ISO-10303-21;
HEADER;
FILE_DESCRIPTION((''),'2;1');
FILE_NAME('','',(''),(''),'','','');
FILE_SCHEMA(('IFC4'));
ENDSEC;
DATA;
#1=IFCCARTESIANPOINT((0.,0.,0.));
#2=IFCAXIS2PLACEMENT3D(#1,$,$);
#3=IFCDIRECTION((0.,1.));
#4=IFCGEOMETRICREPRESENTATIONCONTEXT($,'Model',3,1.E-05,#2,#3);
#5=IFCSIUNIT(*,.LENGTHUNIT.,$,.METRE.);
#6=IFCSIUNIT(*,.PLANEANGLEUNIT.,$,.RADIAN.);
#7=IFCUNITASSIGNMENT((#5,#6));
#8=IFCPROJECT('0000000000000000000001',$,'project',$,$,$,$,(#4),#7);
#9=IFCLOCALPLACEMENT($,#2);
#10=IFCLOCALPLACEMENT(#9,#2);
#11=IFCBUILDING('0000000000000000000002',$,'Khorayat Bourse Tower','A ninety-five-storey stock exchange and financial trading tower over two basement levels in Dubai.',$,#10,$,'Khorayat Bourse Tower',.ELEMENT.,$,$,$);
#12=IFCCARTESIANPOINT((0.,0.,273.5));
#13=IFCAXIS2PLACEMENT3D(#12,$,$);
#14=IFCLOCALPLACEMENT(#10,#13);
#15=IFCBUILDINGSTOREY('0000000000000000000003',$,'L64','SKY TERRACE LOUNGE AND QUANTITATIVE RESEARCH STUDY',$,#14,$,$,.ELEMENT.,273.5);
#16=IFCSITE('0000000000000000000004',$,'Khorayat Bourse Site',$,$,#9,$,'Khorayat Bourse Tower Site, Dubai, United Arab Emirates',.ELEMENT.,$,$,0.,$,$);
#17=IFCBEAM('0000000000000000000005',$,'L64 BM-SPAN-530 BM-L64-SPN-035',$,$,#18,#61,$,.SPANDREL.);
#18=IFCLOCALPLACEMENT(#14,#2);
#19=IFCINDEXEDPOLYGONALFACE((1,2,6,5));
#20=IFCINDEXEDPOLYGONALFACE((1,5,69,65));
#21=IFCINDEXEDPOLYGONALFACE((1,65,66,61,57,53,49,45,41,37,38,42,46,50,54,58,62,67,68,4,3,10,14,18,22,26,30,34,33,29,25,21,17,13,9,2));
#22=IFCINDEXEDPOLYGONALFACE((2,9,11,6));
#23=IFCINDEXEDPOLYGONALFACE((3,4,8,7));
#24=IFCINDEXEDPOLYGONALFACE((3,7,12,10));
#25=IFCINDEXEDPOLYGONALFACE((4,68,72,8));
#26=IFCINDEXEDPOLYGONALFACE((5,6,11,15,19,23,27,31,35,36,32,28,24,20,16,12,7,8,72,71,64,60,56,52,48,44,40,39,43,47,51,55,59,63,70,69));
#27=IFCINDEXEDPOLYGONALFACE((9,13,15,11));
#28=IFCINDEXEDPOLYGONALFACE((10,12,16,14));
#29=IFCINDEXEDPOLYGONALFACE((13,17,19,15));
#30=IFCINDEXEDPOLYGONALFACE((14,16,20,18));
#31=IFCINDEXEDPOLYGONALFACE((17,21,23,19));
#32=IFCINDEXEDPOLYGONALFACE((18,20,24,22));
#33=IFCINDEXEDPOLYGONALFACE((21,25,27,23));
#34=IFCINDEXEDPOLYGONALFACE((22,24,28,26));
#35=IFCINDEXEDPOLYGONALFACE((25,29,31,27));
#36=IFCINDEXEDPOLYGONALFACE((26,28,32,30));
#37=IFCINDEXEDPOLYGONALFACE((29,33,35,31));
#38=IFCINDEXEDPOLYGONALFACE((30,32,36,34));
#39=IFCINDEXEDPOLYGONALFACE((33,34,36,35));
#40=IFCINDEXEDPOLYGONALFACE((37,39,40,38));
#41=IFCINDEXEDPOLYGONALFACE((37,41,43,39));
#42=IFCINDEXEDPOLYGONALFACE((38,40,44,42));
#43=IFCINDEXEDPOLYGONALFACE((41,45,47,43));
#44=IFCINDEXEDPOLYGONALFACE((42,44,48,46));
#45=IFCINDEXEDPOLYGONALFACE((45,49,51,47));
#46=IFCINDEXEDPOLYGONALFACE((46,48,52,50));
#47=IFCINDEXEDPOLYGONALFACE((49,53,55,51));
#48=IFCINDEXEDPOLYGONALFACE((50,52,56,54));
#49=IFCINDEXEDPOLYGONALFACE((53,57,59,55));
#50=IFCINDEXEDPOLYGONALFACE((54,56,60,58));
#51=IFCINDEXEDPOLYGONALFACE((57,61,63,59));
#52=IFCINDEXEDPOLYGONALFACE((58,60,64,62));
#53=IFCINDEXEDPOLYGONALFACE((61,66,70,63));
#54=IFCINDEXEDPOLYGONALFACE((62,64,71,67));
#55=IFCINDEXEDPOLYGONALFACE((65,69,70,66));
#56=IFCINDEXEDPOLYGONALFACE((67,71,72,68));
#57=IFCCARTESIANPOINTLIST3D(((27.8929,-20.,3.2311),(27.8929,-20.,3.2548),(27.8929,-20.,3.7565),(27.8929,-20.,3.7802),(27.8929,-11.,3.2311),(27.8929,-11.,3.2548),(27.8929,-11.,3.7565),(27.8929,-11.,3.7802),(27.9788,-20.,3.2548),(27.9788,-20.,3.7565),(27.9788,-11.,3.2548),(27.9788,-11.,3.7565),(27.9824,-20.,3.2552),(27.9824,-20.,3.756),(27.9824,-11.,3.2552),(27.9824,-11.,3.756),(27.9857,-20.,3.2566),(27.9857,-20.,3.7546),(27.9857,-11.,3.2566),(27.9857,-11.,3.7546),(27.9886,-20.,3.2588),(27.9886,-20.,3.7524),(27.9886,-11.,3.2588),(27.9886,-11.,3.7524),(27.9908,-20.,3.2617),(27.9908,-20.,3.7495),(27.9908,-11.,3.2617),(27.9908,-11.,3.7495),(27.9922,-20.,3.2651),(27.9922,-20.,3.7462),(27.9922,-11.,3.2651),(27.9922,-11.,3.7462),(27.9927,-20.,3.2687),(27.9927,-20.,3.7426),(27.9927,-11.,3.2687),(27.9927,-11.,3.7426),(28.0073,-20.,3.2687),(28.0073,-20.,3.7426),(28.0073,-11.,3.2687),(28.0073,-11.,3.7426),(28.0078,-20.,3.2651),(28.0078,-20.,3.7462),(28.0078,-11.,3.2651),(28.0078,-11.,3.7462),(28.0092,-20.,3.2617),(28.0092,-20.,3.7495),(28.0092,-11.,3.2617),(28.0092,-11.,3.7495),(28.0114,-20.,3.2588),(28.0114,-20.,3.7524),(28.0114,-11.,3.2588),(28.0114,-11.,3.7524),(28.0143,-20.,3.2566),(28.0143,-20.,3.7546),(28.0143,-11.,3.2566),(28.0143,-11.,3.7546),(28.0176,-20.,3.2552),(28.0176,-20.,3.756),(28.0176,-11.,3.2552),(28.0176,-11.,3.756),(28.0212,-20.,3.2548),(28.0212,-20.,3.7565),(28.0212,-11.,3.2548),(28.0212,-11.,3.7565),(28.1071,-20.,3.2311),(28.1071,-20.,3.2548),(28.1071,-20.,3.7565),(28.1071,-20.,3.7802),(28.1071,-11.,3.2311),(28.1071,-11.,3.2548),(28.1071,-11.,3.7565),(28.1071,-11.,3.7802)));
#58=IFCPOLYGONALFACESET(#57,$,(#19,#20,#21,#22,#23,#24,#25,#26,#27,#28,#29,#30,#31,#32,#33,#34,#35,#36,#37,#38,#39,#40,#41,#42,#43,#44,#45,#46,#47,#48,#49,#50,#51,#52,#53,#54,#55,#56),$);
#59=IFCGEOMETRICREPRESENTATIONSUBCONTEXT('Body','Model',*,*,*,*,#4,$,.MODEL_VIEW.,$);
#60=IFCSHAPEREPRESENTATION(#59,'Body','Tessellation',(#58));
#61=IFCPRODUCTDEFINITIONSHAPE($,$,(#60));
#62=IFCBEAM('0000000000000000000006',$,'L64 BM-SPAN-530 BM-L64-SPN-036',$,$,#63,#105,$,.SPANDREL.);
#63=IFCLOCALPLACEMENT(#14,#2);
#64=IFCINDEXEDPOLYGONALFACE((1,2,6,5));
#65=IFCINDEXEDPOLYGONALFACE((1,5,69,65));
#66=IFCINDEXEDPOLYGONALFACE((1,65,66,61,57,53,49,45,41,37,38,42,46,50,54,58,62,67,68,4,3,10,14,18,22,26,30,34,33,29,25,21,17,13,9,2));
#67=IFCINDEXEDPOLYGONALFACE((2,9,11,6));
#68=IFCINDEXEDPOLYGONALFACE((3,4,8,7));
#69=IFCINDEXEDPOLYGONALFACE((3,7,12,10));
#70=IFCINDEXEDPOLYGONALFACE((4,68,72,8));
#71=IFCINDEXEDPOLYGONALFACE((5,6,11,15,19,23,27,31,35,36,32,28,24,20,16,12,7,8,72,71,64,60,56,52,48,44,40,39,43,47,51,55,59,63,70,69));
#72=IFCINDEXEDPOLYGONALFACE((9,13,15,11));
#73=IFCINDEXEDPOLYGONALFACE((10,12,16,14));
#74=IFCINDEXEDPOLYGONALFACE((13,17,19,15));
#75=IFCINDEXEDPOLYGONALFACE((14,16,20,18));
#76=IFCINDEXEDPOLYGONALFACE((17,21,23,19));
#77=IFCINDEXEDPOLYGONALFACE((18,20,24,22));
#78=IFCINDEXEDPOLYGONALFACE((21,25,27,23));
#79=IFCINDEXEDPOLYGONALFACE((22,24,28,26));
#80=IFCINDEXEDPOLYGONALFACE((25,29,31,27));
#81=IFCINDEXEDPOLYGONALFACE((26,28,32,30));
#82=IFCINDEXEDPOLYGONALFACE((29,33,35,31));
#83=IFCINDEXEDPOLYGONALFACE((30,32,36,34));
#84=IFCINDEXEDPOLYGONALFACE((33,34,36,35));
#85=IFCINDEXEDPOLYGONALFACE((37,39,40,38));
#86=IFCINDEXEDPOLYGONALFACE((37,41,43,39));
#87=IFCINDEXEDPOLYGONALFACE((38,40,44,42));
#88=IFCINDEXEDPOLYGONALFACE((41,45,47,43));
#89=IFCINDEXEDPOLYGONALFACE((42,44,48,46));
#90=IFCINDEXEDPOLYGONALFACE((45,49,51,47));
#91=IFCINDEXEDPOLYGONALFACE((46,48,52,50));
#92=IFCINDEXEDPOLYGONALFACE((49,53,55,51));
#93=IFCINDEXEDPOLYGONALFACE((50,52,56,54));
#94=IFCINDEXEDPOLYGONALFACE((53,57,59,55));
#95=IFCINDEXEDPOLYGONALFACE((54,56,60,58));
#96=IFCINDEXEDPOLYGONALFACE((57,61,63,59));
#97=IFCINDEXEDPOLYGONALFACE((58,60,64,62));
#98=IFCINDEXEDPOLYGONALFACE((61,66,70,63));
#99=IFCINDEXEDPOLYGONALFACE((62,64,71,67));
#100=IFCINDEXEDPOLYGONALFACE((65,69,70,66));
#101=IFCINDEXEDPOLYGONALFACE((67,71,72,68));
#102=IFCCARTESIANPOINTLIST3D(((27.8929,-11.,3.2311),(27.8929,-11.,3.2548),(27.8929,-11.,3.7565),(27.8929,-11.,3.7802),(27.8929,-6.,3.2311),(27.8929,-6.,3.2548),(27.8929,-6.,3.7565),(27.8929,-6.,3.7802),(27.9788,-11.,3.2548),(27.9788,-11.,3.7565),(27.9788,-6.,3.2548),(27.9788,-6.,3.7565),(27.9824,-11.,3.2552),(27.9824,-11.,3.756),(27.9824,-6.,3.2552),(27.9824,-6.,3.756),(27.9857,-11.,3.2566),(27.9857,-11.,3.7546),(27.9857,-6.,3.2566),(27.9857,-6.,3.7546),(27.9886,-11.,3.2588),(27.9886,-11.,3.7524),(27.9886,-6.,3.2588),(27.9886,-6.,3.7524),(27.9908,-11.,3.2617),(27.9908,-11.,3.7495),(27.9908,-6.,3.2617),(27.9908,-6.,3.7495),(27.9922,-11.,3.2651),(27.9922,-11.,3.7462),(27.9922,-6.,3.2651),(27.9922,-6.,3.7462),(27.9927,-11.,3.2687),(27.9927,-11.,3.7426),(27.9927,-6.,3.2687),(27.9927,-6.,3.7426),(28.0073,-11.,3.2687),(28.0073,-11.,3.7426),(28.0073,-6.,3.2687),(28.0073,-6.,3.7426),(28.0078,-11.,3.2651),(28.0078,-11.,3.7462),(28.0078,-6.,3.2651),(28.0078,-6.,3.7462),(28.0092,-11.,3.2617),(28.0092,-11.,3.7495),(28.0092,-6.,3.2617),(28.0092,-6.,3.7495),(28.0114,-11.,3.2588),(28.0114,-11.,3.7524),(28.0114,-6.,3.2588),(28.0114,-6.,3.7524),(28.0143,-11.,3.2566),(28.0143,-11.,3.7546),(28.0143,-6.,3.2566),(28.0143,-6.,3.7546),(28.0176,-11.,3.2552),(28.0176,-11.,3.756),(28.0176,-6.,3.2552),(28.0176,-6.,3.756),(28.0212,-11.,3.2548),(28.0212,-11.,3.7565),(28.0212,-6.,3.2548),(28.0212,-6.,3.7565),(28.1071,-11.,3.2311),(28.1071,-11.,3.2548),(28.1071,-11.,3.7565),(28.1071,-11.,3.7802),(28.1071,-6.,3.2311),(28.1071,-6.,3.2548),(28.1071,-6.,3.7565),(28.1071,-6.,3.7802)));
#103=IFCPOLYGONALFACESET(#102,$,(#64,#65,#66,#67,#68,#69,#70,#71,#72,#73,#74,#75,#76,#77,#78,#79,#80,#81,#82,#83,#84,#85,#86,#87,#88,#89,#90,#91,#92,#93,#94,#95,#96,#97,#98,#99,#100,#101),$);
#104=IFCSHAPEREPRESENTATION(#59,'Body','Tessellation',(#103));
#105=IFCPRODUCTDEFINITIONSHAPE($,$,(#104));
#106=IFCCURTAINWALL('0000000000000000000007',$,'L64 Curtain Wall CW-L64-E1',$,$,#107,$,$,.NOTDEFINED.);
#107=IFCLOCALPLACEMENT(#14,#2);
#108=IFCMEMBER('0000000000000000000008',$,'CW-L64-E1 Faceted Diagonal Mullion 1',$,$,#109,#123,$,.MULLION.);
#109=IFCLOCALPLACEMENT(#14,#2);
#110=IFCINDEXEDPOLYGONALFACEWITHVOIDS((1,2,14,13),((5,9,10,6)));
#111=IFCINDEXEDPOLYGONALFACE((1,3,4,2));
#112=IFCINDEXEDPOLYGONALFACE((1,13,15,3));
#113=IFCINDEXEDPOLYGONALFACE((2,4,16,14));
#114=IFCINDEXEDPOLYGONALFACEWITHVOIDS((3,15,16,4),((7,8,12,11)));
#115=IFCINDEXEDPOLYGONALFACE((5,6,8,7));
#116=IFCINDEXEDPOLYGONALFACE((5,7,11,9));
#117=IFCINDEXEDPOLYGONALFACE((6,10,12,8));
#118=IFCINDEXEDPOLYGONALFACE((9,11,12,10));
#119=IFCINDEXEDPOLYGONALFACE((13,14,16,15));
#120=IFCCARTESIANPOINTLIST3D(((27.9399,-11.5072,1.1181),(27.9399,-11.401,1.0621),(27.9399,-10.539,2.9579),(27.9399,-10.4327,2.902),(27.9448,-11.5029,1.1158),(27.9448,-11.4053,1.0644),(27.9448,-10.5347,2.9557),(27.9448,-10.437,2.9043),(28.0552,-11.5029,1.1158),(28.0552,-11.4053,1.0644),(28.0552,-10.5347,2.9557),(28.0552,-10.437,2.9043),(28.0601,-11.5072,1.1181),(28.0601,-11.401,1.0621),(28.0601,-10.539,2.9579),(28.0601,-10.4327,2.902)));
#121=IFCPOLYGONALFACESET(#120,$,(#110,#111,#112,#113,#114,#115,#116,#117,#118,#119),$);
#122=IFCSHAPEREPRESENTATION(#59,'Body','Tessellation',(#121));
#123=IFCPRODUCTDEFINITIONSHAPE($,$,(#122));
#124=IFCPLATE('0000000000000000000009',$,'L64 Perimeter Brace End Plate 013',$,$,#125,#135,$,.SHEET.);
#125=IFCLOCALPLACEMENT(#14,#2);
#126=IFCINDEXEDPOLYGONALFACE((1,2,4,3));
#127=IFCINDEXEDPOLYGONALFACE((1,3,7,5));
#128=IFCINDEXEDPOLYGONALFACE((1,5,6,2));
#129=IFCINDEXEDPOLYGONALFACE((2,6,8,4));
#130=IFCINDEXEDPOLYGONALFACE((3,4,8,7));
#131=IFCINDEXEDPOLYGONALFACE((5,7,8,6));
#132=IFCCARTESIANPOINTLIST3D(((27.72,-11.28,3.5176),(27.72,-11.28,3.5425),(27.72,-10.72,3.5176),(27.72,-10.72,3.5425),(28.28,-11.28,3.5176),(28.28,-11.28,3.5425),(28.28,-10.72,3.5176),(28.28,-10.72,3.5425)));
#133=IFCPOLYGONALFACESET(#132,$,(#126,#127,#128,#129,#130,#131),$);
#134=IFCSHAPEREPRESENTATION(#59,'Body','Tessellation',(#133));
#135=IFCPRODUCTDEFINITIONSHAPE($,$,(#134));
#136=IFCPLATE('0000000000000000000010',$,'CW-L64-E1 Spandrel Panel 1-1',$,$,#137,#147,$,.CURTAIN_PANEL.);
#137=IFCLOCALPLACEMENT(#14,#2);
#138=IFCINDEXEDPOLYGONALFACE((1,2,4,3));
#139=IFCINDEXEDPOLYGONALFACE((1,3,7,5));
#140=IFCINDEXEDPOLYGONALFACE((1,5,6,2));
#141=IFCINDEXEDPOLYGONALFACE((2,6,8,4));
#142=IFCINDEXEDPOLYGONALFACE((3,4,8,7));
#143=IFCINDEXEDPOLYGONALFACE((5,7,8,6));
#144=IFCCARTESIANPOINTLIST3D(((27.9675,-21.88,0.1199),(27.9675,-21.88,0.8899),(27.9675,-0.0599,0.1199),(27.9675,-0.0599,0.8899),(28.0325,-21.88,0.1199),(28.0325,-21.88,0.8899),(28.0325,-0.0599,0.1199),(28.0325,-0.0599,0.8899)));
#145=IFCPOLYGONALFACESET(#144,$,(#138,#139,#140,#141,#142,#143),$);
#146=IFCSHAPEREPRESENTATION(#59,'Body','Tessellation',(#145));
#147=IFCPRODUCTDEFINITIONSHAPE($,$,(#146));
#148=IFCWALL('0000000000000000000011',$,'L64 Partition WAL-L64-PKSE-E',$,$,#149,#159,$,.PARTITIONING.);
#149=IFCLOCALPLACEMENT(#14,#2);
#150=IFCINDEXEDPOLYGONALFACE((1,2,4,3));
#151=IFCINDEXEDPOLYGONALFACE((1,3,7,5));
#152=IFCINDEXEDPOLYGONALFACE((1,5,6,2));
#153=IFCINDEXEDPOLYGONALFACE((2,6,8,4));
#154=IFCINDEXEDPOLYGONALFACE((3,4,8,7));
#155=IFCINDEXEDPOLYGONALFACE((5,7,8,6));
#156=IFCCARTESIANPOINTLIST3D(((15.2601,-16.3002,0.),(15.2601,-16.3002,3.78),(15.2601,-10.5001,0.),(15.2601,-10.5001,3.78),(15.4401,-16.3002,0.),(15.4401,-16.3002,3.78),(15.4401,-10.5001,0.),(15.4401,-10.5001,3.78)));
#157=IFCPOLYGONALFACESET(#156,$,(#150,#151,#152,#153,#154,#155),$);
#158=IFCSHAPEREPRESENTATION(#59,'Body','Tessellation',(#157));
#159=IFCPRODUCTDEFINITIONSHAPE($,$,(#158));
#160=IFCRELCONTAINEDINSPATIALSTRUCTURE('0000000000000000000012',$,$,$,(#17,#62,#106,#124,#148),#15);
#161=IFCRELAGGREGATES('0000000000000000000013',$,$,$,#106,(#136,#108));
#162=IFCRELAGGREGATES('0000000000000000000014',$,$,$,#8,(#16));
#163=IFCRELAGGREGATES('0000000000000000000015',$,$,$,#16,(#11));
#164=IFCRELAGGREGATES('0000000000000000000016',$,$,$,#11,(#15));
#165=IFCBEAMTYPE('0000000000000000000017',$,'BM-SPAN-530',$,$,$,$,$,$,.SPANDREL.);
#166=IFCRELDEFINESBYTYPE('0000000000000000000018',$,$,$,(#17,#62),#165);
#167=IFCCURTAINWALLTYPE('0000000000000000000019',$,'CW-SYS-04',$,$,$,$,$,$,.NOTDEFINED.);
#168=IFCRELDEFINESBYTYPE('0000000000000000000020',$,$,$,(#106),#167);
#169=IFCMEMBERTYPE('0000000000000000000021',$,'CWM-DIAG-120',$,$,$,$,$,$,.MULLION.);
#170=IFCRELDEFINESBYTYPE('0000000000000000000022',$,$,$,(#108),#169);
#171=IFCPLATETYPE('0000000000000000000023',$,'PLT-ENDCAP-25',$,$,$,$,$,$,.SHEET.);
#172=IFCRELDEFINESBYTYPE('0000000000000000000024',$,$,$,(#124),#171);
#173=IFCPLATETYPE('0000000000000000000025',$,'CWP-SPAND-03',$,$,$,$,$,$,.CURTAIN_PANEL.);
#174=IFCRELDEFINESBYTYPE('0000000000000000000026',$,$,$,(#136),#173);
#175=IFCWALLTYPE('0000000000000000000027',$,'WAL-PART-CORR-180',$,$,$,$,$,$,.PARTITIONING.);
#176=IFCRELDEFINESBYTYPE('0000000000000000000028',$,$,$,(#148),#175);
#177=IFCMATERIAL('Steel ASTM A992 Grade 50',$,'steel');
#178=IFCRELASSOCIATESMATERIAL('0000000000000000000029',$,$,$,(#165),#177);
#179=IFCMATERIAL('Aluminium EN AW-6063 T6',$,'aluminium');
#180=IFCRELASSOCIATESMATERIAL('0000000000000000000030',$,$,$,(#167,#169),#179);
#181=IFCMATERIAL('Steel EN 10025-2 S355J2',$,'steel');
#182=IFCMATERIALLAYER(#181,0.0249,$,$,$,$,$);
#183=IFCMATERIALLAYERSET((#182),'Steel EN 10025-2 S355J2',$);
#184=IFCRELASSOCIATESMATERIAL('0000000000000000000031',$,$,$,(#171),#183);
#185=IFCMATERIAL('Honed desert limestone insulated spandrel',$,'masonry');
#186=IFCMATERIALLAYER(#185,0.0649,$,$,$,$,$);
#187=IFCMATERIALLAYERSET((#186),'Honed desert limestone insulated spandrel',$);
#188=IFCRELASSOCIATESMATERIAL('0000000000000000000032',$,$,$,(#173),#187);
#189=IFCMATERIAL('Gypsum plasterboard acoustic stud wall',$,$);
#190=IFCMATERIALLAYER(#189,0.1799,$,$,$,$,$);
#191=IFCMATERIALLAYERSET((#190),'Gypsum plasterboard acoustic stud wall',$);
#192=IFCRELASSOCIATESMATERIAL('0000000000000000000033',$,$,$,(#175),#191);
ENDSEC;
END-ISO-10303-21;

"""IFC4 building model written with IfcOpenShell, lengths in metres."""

from ifc_helpers import new_model, si_unit, direction, frame, frame_2d, origin, origin_2d, place, context, subcontext, project, spatial, rectangle, hollow_rectangle, i_section, extrude, source, transform, mapped, material, layer, layer_set, material_profile, profile_set, type_object, element, aggregate, save


model = new_model("IFC4")

# Units and contexts
model_context = context("Model", 3, precision=1e-05, world=origin(), true_north=direction((0.0, 1.0)))
body_context = subcontext(model_context, "Body", "Model", "MODEL_VIEW")
ifc_project = project(units=[si_unit("LENGTHUNIT", "METRE"), si_unit("PLANEANGLEUNIT", "RADIAN")], contexts=[model_context])

# Site, building, storey
site_placement = place(None, origin())
site = spatial("IfcSite", under=ifc_project, at=site_placement, Name="Khorayat Bourse Site", LongName="Khorayat Bourse Tower Site, Dubai, United Arab Emirates", CompositionType="ELEMENT", RefElevation=0.0)
building_placement = place(site_placement, origin())
building = spatial("IfcBuilding", under=site, at=building_placement, Name="Khorayat Bourse Tower", Description="A ninety-five-storey stock exchange and financial trading tower over two basement levels in Dubai.", LongName="Khorayat Bourse Tower", CompositionType="ELEMENT")
storey_placement = place(building_placement, frame((0.0, 0.0, 273.5)))
storey = spatial("IfcBuildingStorey", under=building, at=storey_placement, Name="L64", Description="SKY TERRACE LOUNGE AND QUANTITATIVE RESEARCH STUDY", CompositionType="ELEMENT", Elevation=273.5)

# Beams
ifc_material_1 = material(Name="Steel ASTM A992 Grade 50", Category="steel")
ifc_material_profile_1 = material_profile(ifc_material_1, i_section(OverallWidth=0.2141, OverallDepth=0.5491, WebThickness=0.0146, FlangeThickness=0.0237, FilletRadius=0.0139, at=origin_2d()), Name="W530X138")
ifc_profile_set_1 = profile_set([ifc_material_profile_1], Name="Steel ASTM A992 Grade 50")
beam_type_1 = type_object("IfcBeamType", Name="BM-SPAN-530", PredefinedType="SPANDREL", material=ifc_profile_set_1)
shared_shape_1 = source(origin(), body_context, "Body", "SweptSolid", [
    extrude(i_section(OverallWidth=0.2141, OverallDepth=0.5491, WebThickness=0.0146, FlangeThickness=0.0237, FilletRadius=0.0139, at=origin_2d()), origin(), (0.0, 0.0, 1.0), 9.0),
])
beam_1_placement = place(storey_placement, frame((28.0, -20.0, 3.5056), z_axis=(0.0, 1.0, 0.0), x_axis=(-1.0, 0.0, 0.0)))
element("IfcBeam", 1, at=beam_1_placement, inside=storey, type_object=beam_type_1, Name="L64 BM-SPAN-530 BM-L64-SPN-035", PredefinedType="SPANDREL", context=body_context, shape_type="MappedRepresentation", body=[
    mapped(shared_shape_1, transform((0.0, 0.0, 0.0), scale=1.0)),
])
shared_shape_2 = source(origin(), body_context, "Body", "SweptSolid", [
    extrude(i_section(OverallWidth=0.2141, OverallDepth=0.5491, WebThickness=0.0146, FlangeThickness=0.0237, FilletRadius=0.0139, at=origin_2d()), origin(), (0.0, 0.0, 1.0), 5.0),
])
beam_2_placement = place(storey_placement, frame((28.0, -11.0, 3.5056), z_axis=(0.0, 1.0, 0.0), x_axis=(-1.0, 0.0, 0.0)))
element("IfcBeam", 2, at=beam_2_placement, inside=storey, type_object=beam_type_1, Name="L64 BM-SPAN-530 BM-L64-SPN-036", PredefinedType="SPANDREL", context=body_context, shape_type="MappedRepresentation", body=[
    mapped(shared_shape_2, transform((0.0, 0.0, 0.0), scale=1.0)),
])

# Curtain wall, member
ifc_material_2 = material(Name="Aluminium EN AW-6063 T6", Category="aluminium")
curtain_wall_type = type_object("IfcCurtainWallType", Name="CW-SYS-04", PredefinedType="NOTDEFINED", material=ifc_material_2)
curtain_wall_placement = place(storey_placement, origin())
curtain_wall = element("IfcCurtainWall", 3, at=curtain_wall_placement, inside=storey, type_object=curtain_wall_type, Name="L64 Curtain Wall CW-L64-E1", PredefinedType="NOTDEFINED")
ifc_material_profile_2 = material_profile(ifc_material_2, hollow_rectangle(XDim=0.1201, YDim=0.1201, WallThickness=0.0049, at=origin_2d()), Name="ALU 120x120x5")
ifc_profile_set_2 = profile_set([ifc_material_profile_2], Name="Aluminium EN AW-6063 T6")
member_type_1 = type_object("IfcMemberType", Name="CWM-DIAG-120", PredefinedType="MULLION", material=ifc_profile_set_2)
shared_shape_3 = source(origin(), body_context, "Body", "SweptSolid", [
    extrude(hollow_rectangle(XDim=0.1201, YDim=0.1201, WallThickness=0.0049, at=origin_2d()), origin(), (0.0, 0.0, 1.0), 2.0791),
])
member_1_placement = place(storey_placement, frame((28.0, -11.4541, 1.0901), z_axis=(0.0, 0.465717, 0.884934), x_axis=(-1.0, 0.0, 0.0)))
member_1 = element("IfcMember", 4, at=member_1_placement, type_object=member_type_1, Name="CW-L64-E1 Faceted Diagonal Mullion 1", PredefinedType="MULLION", context=body_context, shape_type="MappedRepresentation", body=[
    mapped(shared_shape_3, transform((0.0, 0.0, 0.0), scale=1.0)),
])

# Plates
ifc_material_3 = material(Name="Steel EN 10025-2 S355J2", Category="steel")
ifc_layer_1 = layer(ifc_material_3, 0.0249)
ifc_layer_set_1 = layer_set([ifc_layer_1], Name="Steel EN 10025-2 S355J2")
plate_type_1 = type_object("IfcPlateType", Name="PLT-ENDCAP-25", PredefinedType="SHEET", material=ifc_layer_set_1)
shared_shape_4 = source(origin(), body_context, "Body", "SweptSolid", [
    extrude(rectangle(XDim=0.5601, YDim=0.5601, at=origin_2d()), origin(), (0.0, 0.0, 1.0), 0.0249),
])
plate_1_placement = place(storey_placement, frame((28.0, -11.0, 3.5176), z_axis=(0.0, 0.0, 1.0), x_axis=(1.0, 0.0, 0.0)))
element("IfcPlate", 5, at=plate_1_placement, inside=storey, type_object=plate_type_1, Name="L64 Perimeter Brace End Plate 013", PredefinedType="SHEET", context=body_context, shape_type="MappedRepresentation", body=[
    mapped(shared_shape_4, transform((0.0, 0.0, 0.0), scale=1.0)),
])
ifc_material_4 = material(Name="Honed desert limestone insulated spandrel", Category="masonry")
ifc_layer_2 = layer(ifc_material_4, 0.0649)
ifc_layer_set_2 = layer_set([ifc_layer_2], Name="Honed desert limestone insulated spandrel")
plate_type_2 = type_object("IfcPlateType", Name="CWP-SPAND-03", PredefinedType="CURTAIN_PANEL", material=ifc_layer_set_2)
shared_shape_5 = source(origin(), body_context, "Body", "SweptSolid", [
    extrude(rectangle(XDim=21.8201, YDim=0.0649, at=origin_2d()), origin(), (0.0, 0.0, 1.0), 0.77),
])
plate_2_placement = place(storey_placement, frame((28.0, -10.97, 0.1199), z_axis=(0.0, 0.0, 1.0), x_axis=(0.0, 1.0, 0.0)))
plate_2 = element("IfcPlate", 6, at=plate_2_placement, type_object=plate_type_2, Name="CW-L64-E1 Spandrel Panel 1-1", PredefinedType="CURTAIN_PANEL", context=body_context, shape_type="MappedRepresentation", body=[
    mapped(shared_shape_5, transform((0.0, 0.0, 0.0), scale=1.0)),
])
aggregate(curtain_wall, [plate_2, member_1])

# Wall
ifc_material_5 = material(Name="Gypsum plasterboard acoustic stud wall")
ifc_layer_3 = layer(ifc_material_5, 0.1799)
ifc_layer_set_3 = layer_set([ifc_layer_3], Name="Gypsum plasterboard acoustic stud wall")
wall_type_1 = type_object("IfcWallType", Name="WAL-PART-CORR-180", PredefinedType="PARTITIONING", material=ifc_layer_set_3)
shared_shape_6 = source(origin(), body_context, "Body", "SweptSolid", [
    extrude(rectangle(XDim=5.8, YDim=0.1799, at=frame_2d((2.8999, 0.0))), origin(), (0.0, 0.0, 1.0), 3.78),
])
wall_1_placement = place(storey_placement, frame((15.3501, -16.3, 0.0), z_axis=(0.0, 0.0, 1.0), x_axis=(0.0, 1.0, 0.0)))
element("IfcWall", 7, at=wall_1_placement, inside=storey, type_object=wall_type_1, Name="L64 Partition WAL-L64-PKSE-E", PredefinedType="PARTITIONING", context=body_context, shape_type="MappedRepresentation", body=[
    mapped(shared_shape_6, transform((0.0, 0.0, 0.0), scale=1.0)),
])

save(model, "model.ifc")
